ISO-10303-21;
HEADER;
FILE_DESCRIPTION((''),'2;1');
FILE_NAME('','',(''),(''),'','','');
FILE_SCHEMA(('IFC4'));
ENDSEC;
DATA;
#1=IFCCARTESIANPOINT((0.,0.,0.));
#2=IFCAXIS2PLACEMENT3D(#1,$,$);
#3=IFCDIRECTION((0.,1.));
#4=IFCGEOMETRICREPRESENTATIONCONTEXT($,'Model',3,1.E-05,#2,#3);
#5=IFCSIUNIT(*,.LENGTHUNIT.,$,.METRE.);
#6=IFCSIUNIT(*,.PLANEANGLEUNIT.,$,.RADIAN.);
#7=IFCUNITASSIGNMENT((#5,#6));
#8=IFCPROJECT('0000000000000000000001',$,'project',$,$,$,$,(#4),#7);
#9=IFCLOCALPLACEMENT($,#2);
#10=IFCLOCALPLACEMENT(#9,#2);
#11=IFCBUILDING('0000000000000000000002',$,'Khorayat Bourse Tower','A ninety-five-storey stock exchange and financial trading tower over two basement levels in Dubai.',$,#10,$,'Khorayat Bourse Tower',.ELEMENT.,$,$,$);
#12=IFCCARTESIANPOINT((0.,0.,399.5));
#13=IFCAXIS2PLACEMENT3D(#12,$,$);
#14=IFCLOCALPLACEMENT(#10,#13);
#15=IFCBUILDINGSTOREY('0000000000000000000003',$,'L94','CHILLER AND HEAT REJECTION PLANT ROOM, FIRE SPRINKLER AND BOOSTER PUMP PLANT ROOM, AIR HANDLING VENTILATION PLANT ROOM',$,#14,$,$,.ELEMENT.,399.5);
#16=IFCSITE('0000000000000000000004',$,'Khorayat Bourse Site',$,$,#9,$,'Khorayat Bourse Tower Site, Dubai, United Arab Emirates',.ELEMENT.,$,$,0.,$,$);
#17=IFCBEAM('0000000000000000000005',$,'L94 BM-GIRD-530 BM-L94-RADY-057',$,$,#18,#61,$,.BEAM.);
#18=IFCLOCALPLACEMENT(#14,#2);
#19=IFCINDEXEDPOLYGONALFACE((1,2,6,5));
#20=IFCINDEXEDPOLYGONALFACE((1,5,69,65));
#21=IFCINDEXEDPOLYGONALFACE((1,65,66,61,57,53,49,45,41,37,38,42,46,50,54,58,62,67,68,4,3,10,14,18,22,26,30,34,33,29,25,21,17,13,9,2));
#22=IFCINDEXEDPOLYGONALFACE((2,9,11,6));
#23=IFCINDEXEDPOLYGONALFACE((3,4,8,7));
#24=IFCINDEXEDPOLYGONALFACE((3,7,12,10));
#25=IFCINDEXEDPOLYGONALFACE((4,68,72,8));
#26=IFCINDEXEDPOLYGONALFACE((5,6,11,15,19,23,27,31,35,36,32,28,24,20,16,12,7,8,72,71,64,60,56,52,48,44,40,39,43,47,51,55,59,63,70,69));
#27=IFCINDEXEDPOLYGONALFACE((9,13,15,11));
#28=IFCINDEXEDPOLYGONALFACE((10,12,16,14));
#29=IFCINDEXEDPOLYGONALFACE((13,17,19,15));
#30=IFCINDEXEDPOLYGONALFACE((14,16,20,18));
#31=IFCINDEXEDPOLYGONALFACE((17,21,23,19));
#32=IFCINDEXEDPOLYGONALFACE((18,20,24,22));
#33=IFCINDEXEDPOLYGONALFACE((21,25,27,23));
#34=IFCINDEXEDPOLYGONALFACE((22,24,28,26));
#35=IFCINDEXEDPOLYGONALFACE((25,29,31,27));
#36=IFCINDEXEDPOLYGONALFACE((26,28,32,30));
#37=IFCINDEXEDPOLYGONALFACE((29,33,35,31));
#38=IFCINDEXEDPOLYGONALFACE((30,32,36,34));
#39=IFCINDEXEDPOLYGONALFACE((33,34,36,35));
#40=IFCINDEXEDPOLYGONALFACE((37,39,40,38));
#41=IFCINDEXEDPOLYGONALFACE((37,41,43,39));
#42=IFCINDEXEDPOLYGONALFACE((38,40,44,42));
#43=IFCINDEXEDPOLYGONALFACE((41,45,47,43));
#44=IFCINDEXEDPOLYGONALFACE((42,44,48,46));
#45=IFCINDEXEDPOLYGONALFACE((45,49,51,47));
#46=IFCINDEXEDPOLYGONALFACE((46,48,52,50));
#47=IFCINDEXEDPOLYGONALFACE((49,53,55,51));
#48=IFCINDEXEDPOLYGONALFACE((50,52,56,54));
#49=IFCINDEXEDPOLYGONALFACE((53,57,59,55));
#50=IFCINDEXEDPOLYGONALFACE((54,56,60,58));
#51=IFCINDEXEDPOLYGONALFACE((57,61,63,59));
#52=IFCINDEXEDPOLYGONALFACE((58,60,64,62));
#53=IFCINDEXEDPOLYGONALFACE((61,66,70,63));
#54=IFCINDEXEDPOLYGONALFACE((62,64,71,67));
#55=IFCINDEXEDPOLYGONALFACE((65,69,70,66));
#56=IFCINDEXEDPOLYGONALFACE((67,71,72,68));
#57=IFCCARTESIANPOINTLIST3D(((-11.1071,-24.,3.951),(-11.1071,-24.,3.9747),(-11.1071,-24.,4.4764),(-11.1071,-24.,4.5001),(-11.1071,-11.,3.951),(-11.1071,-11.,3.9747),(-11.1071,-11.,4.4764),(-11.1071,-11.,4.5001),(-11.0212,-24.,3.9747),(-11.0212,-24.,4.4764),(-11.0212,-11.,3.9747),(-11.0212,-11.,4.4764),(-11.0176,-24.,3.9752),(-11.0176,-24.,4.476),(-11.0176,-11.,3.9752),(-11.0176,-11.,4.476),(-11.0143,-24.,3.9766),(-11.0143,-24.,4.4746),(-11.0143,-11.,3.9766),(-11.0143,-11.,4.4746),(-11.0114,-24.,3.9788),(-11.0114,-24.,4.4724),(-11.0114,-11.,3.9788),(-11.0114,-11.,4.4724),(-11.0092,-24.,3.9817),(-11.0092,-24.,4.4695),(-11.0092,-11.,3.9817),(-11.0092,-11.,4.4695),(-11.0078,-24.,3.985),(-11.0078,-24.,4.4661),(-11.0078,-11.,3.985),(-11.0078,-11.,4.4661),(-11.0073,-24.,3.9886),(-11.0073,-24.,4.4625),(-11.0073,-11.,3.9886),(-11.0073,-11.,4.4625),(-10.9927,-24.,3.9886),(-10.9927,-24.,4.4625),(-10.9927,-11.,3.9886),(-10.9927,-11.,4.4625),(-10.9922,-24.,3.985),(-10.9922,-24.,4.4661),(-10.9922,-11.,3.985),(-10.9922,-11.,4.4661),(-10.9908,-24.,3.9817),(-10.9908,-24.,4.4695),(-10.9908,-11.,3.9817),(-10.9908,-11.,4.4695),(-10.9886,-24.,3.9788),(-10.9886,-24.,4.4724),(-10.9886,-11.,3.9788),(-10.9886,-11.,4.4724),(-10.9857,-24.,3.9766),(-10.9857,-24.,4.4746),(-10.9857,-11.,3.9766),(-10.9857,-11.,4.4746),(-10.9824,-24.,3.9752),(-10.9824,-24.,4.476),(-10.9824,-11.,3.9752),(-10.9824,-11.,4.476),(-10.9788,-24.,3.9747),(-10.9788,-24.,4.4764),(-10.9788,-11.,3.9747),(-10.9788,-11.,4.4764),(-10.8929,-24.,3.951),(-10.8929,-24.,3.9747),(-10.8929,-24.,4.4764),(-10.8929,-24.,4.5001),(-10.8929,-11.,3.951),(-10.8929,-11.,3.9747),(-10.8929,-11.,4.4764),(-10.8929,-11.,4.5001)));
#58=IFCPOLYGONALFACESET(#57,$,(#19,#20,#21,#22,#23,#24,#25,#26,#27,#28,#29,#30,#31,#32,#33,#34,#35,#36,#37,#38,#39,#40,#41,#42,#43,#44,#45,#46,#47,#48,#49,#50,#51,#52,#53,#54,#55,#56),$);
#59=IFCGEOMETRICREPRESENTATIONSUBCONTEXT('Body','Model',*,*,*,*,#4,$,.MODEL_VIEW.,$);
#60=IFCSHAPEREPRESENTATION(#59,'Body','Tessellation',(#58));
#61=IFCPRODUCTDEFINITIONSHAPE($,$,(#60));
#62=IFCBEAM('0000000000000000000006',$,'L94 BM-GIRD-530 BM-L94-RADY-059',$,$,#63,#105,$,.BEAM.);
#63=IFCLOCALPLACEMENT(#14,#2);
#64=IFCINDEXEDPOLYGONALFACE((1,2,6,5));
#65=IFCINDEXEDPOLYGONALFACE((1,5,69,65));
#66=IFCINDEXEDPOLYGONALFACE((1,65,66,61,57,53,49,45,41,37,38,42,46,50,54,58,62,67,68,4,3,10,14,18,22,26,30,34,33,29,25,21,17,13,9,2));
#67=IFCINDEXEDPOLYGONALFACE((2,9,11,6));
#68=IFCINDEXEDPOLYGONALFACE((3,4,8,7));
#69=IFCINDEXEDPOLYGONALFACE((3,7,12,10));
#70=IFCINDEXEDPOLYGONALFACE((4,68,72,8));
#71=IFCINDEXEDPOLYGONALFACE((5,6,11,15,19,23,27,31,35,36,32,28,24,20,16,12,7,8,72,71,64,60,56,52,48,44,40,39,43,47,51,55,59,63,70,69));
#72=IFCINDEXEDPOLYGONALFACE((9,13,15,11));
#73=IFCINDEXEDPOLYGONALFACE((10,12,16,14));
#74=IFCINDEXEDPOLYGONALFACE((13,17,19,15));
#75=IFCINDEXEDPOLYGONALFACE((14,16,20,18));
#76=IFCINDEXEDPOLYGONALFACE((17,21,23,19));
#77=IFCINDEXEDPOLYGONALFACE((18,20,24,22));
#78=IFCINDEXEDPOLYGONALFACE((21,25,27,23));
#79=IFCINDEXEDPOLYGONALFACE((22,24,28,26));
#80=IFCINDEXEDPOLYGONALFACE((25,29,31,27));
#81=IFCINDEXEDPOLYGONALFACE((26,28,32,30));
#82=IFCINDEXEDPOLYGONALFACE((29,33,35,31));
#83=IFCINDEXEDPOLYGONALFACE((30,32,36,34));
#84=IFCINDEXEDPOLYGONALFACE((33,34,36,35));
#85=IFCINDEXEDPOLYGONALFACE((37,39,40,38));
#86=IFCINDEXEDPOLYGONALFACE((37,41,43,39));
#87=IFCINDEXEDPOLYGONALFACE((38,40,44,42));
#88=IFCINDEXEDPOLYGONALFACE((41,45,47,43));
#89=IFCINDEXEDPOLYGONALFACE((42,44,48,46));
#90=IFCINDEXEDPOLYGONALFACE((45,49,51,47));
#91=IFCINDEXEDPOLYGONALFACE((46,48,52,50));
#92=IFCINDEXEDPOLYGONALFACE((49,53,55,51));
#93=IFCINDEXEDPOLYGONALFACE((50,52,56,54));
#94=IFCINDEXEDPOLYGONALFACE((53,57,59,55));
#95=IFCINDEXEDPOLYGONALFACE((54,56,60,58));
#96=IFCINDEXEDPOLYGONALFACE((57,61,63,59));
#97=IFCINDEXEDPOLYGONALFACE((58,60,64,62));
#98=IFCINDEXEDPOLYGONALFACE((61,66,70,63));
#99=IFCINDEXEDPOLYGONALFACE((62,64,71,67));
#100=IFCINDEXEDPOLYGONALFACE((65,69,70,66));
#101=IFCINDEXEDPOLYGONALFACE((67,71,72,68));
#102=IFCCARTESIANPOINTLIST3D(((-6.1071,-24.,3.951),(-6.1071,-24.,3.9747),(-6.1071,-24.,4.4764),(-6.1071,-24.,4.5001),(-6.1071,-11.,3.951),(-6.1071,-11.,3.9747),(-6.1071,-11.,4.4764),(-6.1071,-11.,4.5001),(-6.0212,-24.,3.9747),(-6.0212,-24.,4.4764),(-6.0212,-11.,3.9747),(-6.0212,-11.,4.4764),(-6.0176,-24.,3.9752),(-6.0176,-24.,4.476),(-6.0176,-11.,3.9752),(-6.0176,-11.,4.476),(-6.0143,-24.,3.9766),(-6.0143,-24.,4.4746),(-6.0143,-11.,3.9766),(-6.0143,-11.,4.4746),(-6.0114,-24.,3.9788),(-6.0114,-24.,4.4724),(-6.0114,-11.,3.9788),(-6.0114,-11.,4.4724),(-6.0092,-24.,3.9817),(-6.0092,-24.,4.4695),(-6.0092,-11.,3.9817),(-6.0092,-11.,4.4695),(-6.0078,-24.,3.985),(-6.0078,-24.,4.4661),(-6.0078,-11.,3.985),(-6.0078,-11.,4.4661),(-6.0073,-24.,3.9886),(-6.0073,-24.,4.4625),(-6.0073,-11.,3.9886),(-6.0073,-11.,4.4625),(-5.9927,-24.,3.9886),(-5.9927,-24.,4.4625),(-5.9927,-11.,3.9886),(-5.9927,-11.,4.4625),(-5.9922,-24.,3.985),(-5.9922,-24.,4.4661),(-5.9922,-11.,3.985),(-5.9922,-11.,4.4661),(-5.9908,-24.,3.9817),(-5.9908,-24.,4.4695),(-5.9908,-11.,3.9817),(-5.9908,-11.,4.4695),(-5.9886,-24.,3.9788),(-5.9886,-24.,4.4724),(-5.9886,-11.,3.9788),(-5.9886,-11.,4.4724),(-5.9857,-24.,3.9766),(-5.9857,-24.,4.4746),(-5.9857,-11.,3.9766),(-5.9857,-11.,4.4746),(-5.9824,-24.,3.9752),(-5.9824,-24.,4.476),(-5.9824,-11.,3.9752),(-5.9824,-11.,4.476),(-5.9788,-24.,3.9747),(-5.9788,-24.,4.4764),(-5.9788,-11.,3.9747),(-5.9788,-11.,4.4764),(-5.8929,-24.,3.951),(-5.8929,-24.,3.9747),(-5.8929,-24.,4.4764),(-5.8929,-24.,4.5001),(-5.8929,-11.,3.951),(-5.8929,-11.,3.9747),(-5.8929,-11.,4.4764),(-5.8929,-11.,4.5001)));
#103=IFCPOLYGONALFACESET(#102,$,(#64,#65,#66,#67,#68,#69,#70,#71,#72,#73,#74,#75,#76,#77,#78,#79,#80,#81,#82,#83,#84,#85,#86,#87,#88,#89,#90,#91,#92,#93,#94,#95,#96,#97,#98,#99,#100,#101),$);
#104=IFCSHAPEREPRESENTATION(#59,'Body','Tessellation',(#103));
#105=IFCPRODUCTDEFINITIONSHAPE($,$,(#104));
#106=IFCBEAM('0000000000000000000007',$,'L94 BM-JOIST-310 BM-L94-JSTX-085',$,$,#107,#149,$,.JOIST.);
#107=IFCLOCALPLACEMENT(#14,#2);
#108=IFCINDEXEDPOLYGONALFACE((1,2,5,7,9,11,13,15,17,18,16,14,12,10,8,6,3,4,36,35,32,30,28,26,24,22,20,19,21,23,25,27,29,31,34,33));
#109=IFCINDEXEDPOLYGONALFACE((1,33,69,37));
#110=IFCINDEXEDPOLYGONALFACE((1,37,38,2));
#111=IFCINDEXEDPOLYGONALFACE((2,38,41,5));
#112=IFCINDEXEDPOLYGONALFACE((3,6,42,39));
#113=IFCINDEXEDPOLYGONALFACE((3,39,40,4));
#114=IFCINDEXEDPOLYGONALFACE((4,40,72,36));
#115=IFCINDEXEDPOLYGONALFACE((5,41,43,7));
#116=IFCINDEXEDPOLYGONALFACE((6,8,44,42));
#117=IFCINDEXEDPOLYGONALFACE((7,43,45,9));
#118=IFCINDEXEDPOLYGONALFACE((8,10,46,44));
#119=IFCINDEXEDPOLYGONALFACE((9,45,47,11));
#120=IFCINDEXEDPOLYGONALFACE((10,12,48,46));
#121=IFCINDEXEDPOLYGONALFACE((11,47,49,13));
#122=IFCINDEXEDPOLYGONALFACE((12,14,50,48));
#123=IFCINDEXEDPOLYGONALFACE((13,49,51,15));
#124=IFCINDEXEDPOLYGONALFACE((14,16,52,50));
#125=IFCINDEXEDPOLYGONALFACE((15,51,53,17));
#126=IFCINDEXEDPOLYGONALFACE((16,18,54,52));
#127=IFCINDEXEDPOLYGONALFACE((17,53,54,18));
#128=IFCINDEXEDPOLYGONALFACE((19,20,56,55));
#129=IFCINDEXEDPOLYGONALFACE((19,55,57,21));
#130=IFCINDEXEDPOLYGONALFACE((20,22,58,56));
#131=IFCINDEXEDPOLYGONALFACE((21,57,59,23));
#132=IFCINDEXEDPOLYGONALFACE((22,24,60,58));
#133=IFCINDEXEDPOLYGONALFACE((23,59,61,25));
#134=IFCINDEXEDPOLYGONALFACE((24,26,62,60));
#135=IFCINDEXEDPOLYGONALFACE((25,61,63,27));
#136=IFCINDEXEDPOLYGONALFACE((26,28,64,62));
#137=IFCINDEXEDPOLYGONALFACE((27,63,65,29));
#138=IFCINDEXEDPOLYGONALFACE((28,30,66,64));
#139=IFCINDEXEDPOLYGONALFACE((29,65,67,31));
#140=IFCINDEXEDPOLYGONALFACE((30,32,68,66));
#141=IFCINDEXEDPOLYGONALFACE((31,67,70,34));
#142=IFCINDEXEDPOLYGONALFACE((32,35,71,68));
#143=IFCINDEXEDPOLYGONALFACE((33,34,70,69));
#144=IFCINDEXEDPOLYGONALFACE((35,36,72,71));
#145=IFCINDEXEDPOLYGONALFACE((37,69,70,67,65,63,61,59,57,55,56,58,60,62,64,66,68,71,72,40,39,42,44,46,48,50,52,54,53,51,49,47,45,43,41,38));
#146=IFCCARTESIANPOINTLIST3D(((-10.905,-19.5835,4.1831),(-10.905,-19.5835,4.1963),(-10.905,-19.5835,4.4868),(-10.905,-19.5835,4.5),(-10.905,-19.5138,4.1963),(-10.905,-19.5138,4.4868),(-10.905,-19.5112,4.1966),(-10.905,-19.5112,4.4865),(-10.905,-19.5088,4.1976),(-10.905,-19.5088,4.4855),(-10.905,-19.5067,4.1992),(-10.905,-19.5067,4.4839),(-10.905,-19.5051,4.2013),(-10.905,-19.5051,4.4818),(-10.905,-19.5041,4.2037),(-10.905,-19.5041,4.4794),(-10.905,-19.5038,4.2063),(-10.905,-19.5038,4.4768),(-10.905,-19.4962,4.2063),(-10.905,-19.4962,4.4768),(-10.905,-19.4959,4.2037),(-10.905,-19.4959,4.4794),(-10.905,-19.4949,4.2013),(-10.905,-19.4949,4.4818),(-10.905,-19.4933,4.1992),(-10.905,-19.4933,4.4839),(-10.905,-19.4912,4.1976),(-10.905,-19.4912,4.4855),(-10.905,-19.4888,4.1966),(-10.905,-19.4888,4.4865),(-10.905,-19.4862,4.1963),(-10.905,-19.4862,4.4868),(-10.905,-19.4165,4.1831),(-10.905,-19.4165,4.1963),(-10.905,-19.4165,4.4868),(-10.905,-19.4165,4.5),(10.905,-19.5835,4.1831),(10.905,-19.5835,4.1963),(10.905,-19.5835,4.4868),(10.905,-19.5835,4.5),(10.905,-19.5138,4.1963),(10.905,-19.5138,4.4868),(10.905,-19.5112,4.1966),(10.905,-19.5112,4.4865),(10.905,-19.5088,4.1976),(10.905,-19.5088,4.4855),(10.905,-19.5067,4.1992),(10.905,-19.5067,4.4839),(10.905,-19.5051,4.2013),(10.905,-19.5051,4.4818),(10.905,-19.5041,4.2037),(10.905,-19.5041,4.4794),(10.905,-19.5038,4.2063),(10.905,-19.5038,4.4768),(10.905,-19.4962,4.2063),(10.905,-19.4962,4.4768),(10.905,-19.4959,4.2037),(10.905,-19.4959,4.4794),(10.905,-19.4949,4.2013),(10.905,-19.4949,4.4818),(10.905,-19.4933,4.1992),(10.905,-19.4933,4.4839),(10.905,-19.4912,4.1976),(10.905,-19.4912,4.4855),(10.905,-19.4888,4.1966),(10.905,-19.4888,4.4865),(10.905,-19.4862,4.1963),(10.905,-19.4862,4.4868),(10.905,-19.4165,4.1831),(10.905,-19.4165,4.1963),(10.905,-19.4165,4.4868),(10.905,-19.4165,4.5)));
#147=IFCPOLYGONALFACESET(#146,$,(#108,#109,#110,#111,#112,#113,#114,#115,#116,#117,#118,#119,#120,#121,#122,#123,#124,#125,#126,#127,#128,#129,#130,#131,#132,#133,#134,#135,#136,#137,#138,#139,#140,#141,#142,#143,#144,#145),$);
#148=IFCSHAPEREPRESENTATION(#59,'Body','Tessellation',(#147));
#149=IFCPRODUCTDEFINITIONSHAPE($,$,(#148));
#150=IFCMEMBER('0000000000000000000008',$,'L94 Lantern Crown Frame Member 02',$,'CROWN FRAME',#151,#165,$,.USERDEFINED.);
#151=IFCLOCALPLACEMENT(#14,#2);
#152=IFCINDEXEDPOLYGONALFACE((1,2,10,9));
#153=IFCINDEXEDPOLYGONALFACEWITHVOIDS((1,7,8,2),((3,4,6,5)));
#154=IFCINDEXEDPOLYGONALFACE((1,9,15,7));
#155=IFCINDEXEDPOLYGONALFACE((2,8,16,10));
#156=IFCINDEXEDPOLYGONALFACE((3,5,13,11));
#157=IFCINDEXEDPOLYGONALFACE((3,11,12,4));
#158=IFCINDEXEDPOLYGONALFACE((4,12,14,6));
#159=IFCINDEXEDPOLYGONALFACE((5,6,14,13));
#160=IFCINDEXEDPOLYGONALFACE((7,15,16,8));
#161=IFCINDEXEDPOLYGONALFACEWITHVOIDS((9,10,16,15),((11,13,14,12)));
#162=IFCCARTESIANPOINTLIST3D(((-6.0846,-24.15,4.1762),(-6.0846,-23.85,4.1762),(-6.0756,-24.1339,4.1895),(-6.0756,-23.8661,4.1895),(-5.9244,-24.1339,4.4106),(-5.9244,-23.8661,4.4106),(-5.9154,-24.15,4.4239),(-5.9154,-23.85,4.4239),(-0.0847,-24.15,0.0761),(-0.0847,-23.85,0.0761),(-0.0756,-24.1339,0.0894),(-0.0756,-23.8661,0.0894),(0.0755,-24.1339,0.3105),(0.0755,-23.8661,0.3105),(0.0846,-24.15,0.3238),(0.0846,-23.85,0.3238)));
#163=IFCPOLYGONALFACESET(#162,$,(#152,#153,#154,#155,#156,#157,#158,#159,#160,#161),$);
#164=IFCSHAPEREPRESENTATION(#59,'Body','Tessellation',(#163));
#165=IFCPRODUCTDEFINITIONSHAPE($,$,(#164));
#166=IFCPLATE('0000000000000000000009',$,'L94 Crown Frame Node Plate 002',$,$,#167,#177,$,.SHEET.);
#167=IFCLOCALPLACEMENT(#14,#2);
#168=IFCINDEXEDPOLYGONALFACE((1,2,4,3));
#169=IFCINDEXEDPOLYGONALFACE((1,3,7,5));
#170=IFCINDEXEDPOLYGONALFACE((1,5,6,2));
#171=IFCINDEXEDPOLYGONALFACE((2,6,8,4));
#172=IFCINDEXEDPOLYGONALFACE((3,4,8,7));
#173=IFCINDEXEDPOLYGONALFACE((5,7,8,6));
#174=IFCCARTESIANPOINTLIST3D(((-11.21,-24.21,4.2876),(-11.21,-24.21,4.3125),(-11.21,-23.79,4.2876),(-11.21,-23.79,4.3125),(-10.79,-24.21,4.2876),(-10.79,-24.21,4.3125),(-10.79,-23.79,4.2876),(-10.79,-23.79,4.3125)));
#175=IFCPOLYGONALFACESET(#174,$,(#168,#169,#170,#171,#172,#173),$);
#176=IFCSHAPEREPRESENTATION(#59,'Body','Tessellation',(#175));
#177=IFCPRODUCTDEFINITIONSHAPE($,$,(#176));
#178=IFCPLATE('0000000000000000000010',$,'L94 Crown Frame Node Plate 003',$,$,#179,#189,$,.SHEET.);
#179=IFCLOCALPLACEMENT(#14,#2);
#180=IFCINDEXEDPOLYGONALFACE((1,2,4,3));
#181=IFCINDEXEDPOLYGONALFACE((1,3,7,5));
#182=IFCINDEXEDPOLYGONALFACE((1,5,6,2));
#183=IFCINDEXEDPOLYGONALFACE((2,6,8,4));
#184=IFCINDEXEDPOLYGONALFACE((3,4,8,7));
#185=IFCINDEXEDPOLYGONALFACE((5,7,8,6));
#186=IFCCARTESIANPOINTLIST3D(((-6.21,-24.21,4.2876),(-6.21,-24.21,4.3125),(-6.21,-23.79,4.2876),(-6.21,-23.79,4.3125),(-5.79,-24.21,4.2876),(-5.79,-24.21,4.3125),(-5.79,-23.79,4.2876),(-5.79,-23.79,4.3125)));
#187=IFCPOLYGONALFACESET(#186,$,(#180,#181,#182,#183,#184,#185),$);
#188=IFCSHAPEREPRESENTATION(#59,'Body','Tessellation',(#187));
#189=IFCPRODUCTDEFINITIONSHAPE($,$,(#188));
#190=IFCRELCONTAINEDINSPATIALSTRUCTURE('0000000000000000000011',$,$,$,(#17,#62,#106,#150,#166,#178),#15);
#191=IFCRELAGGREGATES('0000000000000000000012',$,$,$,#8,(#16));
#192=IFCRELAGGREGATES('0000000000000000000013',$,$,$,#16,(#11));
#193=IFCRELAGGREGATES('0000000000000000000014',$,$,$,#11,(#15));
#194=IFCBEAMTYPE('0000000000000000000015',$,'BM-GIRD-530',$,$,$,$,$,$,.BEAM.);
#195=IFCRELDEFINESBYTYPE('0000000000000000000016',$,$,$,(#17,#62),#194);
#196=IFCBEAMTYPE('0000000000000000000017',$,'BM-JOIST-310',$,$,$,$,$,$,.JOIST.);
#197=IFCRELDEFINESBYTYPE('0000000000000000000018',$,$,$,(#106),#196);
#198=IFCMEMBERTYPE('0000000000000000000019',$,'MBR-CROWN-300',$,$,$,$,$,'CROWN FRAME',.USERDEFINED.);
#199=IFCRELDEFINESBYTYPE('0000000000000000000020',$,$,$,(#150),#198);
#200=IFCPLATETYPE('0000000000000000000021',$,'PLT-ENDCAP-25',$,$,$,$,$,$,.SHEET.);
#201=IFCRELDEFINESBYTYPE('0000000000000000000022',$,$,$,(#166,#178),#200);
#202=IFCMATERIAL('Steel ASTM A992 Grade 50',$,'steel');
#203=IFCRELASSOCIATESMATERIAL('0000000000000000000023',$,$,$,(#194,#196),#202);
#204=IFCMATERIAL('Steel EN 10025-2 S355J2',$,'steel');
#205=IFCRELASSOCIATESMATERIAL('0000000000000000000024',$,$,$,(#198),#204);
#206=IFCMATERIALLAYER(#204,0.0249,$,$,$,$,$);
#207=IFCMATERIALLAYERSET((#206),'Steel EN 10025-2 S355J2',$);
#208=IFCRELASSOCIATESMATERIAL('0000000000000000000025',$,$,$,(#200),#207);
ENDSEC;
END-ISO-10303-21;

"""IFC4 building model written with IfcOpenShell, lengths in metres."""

from ifc_helpers import new_model, si_unit, direction, frame, origin, origin_2d, place, context, subcontext, project, spatial, rectangle, hollow_rectangle, i_section, extrude, source, transform, mapped, material, layer, layer_set, material_profile, profile_set, type_object, element, save


model = new_model("IFC4")

# Units and contexts
model_context = context("Model", 3, precision=1e-05, world=origin(), true_north=direction((0.0, 1.0)))
body_context = subcontext(model_context, "Body", "Model", "MODEL_VIEW")
ifc_project = project(units=[si_unit("LENGTHUNIT", "METRE"), si_unit("PLANEANGLEUNIT", "RADIAN")], contexts=[model_context])

# Site, building, storey
site_placement = place(None, origin())
site = spatial("IfcSite", under=ifc_project, at=site_placement, Name="Khorayat Bourse Site", LongName="Khorayat Bourse Tower Site, Dubai, United Arab Emirates", CompositionType="ELEMENT", RefElevation=0.0)
building_placement = place(site_placement, origin())
building = spatial("IfcBuilding", under=site, at=building_placement, Name="Khorayat Bourse Tower", Description="A ninety-five-storey stock exchange and financial trading tower over two basement levels in Dubai.", LongName="Khorayat Bourse Tower", CompositionType="ELEMENT")
storey_placement = place(building_placement, frame((0.0, 0.0, 399.5)))
storey = spatial("IfcBuildingStorey", under=building, at=storey_placement, Name="L94", Description="CHILLER AND HEAT REJECTION PLANT ROOM, FIRE SPRINKLER AND BOOSTER PUMP PLANT ROOM, AIR HANDLING VENTILATION PLANT ROOM", CompositionType="ELEMENT", Elevation=399.5)

# Shared definitions
ifc_material_1 = material(Name="Steel EN 10025-2 S355J2", Category="steel")

# Beams
ifc_material_2 = material(Name="Steel ASTM A992 Grade 50", Category="steel")
ifc_material_profile_1 = material_profile(ifc_material_2, i_section(OverallWidth=0.2141, OverallDepth=0.5491, WebThickness=0.0146, FlangeThickness=0.0237, FilletRadius=0.0139, at=origin_2d()), Name="W530X138")
ifc_profile_set_1 = profile_set([ifc_material_profile_1], Name="Steel ASTM A992 Grade 50")
beam_type_1 = type_object("IfcBeamType", Name="BM-GIRD-530", PredefinedType="BEAM", material=ifc_profile_set_1)
shared_shape_1 = source(origin(), body_context, "Body", "SweptSolid", [
    extrude(i_section(OverallWidth=0.2141, OverallDepth=0.5491, WebThickness=0.0146, FlangeThickness=0.0237, FilletRadius=0.0139, at=origin_2d()), origin(), (0.0, 0.0, 1.0), 13.0),
])
for number, where, z_axis, x_axis, name in (
    (1, (-11.0, -24.0, 4.2256), (0.0, 1.0, 0.0), (-1.0, 0.0, 0.0), "L94 BM-GIRD-530 BM-L94-RADY-057"),
    (2, (-6.0, -24.0, 4.2256), (0.0, 1.0, 0.0), (-1.0, 0.0, 0.0), "L94 BM-GIRD-530 BM-L94-RADY-059"),
):
    element("IfcBeam", number, at=place(storey_placement, frame(where, z_axis=z_axis, x_axis=x_axis)), inside=storey, type_object=beam_type_1, Name=name, PredefinedType="BEAM", context=body_context, shape_type="MappedRepresentation", body=[
        mapped(shared_shape_1, transform((0.0, 0.0, 0.0), scale=1.0)),
    ])
ifc_material_profile_2 = material_profile(ifc_material_2, i_section(OverallWidth=0.167, OverallDepth=0.3169, WebThickness=0.0076, FlangeThickness=0.0132, FilletRadius=0.01, at=origin_2d()), Name="W310X52")
ifc_profile_set_2 = profile_set([ifc_material_profile_2], Name="Steel ASTM A992 Grade 50")
beam_type_2 = type_object("IfcBeamType", Name="BM-JOIST-310", PredefinedType="JOIST", material=ifc_profile_set_2)
shared_shape_2 = source(origin(), body_context, "Body", "SweptSolid", [
    extrude(i_section(OverallWidth=0.167, OverallDepth=0.3169, WebThickness=0.0076, FlangeThickness=0.0132, FilletRadius=0.01, at=origin_2d()), origin(), (0.0, 0.0, 1.0), 21.8101),
])
beam_1_placement = place(storey_placement, frame((-10.905, -19.5, 4.3416), z_axis=(1.0, 0.0, 0.0), x_axis=(0.0, 1.0, 0.0)))
element("IfcBeam", 3, at=beam_1_placement, inside=storey, type_object=beam_type_2, Name="L94 BM-JOIST-310 BM-L94-JSTX-085", PredefinedType="JOIST", context=body_context, shape_type="MappedRepresentation", body=[
    mapped(shared_shape_2, transform((0.0, 0.0, 0.0), scale=1.0)),
])

# Member
ifc_material_profile_3 = material_profile(ifc_material_1, hollow_rectangle(XDim=0.3, YDim=0.3, WallThickness=0.0161, at=origin_2d()), Name="HSS 300x300x16")
ifc_profile_set_3 = profile_set([ifc_material_profile_3], Name="Steel EN 10025-2 S355J2")
member_type = type_object("IfcMemberType", Name="MBR-CROWN-300", ElementType="CROWN FRAME", PredefinedType="USERDEFINED", material=ifc_profile_set_3)
shared_shape_3 = source(origin(), body_context, "Body", "SweptSolid", [
    extrude(hollow_rectangle(XDim=0.3, YDim=0.3, WallThickness=0.0161, at=origin_2d()), origin(), (0.0, 0.0, 1.0), 7.2671),
])
member_placement = place(storey_placement, frame((-6.0, -24.0, 4.3), z_axis=(0.825638, 0.0, -0.5642), x_axis=(0.0, 1.0, 0.0)))
element("IfcMember", 4, at=member_placement, inside=storey, type_object=member_type, Name="L94 Lantern Crown Frame Member 02", ObjectType="CROWN FRAME", PredefinedType="USERDEFINED", context=body_context, shape_type="MappedRepresentation", body=[
    mapped(shared_shape_3, transform((0.0, 0.0, 0.0), scale=1.0)),
])

# Plates
ifc_layer_1 = layer(ifc_material_1, 0.0249)
ifc_layer_set_1 = layer_set([ifc_layer_1], Name="Steel EN 10025-2 S355J2")
plate_type_1 = type_object("IfcPlateType", Name="PLT-ENDCAP-25", PredefinedType="SHEET", material=ifc_layer_set_1)
shared_shape_4 = source(origin(), body_context, "Body", "SweptSolid", [
    extrude(rectangle(XDim=0.4199, YDim=0.4199, at=origin_2d()), origin(), (0.0, 0.0, 1.0), 0.0249),
])
for number, where, z_axis, x_axis, name in (
    (5, (-11.0, -24.0, 4.2876), (0.0, 0.0, 1.0), (1.0, 0.0, 0.0), "L94 Crown Frame Node Plate 002"),
    (6, (-6.0, -24.0, 4.2876), (0.0, 0.0, 1.0), (1.0, 0.0, 0.0), "L94 Crown Frame Node Plate 003"),
):
    element("IfcPlate", number, at=place(storey_placement, frame(where, z_axis=z_axis, x_axis=x_axis)), inside=storey, type_object=plate_type_1, Name=name, PredefinedType="SHEET", context=body_context, shape_type="MappedRepresentation", body=[
        mapped(shared_shape_4, transform((0.0, 0.0, 0.0), scale=1.0)),
    ])

save(model, "model.ifc")
